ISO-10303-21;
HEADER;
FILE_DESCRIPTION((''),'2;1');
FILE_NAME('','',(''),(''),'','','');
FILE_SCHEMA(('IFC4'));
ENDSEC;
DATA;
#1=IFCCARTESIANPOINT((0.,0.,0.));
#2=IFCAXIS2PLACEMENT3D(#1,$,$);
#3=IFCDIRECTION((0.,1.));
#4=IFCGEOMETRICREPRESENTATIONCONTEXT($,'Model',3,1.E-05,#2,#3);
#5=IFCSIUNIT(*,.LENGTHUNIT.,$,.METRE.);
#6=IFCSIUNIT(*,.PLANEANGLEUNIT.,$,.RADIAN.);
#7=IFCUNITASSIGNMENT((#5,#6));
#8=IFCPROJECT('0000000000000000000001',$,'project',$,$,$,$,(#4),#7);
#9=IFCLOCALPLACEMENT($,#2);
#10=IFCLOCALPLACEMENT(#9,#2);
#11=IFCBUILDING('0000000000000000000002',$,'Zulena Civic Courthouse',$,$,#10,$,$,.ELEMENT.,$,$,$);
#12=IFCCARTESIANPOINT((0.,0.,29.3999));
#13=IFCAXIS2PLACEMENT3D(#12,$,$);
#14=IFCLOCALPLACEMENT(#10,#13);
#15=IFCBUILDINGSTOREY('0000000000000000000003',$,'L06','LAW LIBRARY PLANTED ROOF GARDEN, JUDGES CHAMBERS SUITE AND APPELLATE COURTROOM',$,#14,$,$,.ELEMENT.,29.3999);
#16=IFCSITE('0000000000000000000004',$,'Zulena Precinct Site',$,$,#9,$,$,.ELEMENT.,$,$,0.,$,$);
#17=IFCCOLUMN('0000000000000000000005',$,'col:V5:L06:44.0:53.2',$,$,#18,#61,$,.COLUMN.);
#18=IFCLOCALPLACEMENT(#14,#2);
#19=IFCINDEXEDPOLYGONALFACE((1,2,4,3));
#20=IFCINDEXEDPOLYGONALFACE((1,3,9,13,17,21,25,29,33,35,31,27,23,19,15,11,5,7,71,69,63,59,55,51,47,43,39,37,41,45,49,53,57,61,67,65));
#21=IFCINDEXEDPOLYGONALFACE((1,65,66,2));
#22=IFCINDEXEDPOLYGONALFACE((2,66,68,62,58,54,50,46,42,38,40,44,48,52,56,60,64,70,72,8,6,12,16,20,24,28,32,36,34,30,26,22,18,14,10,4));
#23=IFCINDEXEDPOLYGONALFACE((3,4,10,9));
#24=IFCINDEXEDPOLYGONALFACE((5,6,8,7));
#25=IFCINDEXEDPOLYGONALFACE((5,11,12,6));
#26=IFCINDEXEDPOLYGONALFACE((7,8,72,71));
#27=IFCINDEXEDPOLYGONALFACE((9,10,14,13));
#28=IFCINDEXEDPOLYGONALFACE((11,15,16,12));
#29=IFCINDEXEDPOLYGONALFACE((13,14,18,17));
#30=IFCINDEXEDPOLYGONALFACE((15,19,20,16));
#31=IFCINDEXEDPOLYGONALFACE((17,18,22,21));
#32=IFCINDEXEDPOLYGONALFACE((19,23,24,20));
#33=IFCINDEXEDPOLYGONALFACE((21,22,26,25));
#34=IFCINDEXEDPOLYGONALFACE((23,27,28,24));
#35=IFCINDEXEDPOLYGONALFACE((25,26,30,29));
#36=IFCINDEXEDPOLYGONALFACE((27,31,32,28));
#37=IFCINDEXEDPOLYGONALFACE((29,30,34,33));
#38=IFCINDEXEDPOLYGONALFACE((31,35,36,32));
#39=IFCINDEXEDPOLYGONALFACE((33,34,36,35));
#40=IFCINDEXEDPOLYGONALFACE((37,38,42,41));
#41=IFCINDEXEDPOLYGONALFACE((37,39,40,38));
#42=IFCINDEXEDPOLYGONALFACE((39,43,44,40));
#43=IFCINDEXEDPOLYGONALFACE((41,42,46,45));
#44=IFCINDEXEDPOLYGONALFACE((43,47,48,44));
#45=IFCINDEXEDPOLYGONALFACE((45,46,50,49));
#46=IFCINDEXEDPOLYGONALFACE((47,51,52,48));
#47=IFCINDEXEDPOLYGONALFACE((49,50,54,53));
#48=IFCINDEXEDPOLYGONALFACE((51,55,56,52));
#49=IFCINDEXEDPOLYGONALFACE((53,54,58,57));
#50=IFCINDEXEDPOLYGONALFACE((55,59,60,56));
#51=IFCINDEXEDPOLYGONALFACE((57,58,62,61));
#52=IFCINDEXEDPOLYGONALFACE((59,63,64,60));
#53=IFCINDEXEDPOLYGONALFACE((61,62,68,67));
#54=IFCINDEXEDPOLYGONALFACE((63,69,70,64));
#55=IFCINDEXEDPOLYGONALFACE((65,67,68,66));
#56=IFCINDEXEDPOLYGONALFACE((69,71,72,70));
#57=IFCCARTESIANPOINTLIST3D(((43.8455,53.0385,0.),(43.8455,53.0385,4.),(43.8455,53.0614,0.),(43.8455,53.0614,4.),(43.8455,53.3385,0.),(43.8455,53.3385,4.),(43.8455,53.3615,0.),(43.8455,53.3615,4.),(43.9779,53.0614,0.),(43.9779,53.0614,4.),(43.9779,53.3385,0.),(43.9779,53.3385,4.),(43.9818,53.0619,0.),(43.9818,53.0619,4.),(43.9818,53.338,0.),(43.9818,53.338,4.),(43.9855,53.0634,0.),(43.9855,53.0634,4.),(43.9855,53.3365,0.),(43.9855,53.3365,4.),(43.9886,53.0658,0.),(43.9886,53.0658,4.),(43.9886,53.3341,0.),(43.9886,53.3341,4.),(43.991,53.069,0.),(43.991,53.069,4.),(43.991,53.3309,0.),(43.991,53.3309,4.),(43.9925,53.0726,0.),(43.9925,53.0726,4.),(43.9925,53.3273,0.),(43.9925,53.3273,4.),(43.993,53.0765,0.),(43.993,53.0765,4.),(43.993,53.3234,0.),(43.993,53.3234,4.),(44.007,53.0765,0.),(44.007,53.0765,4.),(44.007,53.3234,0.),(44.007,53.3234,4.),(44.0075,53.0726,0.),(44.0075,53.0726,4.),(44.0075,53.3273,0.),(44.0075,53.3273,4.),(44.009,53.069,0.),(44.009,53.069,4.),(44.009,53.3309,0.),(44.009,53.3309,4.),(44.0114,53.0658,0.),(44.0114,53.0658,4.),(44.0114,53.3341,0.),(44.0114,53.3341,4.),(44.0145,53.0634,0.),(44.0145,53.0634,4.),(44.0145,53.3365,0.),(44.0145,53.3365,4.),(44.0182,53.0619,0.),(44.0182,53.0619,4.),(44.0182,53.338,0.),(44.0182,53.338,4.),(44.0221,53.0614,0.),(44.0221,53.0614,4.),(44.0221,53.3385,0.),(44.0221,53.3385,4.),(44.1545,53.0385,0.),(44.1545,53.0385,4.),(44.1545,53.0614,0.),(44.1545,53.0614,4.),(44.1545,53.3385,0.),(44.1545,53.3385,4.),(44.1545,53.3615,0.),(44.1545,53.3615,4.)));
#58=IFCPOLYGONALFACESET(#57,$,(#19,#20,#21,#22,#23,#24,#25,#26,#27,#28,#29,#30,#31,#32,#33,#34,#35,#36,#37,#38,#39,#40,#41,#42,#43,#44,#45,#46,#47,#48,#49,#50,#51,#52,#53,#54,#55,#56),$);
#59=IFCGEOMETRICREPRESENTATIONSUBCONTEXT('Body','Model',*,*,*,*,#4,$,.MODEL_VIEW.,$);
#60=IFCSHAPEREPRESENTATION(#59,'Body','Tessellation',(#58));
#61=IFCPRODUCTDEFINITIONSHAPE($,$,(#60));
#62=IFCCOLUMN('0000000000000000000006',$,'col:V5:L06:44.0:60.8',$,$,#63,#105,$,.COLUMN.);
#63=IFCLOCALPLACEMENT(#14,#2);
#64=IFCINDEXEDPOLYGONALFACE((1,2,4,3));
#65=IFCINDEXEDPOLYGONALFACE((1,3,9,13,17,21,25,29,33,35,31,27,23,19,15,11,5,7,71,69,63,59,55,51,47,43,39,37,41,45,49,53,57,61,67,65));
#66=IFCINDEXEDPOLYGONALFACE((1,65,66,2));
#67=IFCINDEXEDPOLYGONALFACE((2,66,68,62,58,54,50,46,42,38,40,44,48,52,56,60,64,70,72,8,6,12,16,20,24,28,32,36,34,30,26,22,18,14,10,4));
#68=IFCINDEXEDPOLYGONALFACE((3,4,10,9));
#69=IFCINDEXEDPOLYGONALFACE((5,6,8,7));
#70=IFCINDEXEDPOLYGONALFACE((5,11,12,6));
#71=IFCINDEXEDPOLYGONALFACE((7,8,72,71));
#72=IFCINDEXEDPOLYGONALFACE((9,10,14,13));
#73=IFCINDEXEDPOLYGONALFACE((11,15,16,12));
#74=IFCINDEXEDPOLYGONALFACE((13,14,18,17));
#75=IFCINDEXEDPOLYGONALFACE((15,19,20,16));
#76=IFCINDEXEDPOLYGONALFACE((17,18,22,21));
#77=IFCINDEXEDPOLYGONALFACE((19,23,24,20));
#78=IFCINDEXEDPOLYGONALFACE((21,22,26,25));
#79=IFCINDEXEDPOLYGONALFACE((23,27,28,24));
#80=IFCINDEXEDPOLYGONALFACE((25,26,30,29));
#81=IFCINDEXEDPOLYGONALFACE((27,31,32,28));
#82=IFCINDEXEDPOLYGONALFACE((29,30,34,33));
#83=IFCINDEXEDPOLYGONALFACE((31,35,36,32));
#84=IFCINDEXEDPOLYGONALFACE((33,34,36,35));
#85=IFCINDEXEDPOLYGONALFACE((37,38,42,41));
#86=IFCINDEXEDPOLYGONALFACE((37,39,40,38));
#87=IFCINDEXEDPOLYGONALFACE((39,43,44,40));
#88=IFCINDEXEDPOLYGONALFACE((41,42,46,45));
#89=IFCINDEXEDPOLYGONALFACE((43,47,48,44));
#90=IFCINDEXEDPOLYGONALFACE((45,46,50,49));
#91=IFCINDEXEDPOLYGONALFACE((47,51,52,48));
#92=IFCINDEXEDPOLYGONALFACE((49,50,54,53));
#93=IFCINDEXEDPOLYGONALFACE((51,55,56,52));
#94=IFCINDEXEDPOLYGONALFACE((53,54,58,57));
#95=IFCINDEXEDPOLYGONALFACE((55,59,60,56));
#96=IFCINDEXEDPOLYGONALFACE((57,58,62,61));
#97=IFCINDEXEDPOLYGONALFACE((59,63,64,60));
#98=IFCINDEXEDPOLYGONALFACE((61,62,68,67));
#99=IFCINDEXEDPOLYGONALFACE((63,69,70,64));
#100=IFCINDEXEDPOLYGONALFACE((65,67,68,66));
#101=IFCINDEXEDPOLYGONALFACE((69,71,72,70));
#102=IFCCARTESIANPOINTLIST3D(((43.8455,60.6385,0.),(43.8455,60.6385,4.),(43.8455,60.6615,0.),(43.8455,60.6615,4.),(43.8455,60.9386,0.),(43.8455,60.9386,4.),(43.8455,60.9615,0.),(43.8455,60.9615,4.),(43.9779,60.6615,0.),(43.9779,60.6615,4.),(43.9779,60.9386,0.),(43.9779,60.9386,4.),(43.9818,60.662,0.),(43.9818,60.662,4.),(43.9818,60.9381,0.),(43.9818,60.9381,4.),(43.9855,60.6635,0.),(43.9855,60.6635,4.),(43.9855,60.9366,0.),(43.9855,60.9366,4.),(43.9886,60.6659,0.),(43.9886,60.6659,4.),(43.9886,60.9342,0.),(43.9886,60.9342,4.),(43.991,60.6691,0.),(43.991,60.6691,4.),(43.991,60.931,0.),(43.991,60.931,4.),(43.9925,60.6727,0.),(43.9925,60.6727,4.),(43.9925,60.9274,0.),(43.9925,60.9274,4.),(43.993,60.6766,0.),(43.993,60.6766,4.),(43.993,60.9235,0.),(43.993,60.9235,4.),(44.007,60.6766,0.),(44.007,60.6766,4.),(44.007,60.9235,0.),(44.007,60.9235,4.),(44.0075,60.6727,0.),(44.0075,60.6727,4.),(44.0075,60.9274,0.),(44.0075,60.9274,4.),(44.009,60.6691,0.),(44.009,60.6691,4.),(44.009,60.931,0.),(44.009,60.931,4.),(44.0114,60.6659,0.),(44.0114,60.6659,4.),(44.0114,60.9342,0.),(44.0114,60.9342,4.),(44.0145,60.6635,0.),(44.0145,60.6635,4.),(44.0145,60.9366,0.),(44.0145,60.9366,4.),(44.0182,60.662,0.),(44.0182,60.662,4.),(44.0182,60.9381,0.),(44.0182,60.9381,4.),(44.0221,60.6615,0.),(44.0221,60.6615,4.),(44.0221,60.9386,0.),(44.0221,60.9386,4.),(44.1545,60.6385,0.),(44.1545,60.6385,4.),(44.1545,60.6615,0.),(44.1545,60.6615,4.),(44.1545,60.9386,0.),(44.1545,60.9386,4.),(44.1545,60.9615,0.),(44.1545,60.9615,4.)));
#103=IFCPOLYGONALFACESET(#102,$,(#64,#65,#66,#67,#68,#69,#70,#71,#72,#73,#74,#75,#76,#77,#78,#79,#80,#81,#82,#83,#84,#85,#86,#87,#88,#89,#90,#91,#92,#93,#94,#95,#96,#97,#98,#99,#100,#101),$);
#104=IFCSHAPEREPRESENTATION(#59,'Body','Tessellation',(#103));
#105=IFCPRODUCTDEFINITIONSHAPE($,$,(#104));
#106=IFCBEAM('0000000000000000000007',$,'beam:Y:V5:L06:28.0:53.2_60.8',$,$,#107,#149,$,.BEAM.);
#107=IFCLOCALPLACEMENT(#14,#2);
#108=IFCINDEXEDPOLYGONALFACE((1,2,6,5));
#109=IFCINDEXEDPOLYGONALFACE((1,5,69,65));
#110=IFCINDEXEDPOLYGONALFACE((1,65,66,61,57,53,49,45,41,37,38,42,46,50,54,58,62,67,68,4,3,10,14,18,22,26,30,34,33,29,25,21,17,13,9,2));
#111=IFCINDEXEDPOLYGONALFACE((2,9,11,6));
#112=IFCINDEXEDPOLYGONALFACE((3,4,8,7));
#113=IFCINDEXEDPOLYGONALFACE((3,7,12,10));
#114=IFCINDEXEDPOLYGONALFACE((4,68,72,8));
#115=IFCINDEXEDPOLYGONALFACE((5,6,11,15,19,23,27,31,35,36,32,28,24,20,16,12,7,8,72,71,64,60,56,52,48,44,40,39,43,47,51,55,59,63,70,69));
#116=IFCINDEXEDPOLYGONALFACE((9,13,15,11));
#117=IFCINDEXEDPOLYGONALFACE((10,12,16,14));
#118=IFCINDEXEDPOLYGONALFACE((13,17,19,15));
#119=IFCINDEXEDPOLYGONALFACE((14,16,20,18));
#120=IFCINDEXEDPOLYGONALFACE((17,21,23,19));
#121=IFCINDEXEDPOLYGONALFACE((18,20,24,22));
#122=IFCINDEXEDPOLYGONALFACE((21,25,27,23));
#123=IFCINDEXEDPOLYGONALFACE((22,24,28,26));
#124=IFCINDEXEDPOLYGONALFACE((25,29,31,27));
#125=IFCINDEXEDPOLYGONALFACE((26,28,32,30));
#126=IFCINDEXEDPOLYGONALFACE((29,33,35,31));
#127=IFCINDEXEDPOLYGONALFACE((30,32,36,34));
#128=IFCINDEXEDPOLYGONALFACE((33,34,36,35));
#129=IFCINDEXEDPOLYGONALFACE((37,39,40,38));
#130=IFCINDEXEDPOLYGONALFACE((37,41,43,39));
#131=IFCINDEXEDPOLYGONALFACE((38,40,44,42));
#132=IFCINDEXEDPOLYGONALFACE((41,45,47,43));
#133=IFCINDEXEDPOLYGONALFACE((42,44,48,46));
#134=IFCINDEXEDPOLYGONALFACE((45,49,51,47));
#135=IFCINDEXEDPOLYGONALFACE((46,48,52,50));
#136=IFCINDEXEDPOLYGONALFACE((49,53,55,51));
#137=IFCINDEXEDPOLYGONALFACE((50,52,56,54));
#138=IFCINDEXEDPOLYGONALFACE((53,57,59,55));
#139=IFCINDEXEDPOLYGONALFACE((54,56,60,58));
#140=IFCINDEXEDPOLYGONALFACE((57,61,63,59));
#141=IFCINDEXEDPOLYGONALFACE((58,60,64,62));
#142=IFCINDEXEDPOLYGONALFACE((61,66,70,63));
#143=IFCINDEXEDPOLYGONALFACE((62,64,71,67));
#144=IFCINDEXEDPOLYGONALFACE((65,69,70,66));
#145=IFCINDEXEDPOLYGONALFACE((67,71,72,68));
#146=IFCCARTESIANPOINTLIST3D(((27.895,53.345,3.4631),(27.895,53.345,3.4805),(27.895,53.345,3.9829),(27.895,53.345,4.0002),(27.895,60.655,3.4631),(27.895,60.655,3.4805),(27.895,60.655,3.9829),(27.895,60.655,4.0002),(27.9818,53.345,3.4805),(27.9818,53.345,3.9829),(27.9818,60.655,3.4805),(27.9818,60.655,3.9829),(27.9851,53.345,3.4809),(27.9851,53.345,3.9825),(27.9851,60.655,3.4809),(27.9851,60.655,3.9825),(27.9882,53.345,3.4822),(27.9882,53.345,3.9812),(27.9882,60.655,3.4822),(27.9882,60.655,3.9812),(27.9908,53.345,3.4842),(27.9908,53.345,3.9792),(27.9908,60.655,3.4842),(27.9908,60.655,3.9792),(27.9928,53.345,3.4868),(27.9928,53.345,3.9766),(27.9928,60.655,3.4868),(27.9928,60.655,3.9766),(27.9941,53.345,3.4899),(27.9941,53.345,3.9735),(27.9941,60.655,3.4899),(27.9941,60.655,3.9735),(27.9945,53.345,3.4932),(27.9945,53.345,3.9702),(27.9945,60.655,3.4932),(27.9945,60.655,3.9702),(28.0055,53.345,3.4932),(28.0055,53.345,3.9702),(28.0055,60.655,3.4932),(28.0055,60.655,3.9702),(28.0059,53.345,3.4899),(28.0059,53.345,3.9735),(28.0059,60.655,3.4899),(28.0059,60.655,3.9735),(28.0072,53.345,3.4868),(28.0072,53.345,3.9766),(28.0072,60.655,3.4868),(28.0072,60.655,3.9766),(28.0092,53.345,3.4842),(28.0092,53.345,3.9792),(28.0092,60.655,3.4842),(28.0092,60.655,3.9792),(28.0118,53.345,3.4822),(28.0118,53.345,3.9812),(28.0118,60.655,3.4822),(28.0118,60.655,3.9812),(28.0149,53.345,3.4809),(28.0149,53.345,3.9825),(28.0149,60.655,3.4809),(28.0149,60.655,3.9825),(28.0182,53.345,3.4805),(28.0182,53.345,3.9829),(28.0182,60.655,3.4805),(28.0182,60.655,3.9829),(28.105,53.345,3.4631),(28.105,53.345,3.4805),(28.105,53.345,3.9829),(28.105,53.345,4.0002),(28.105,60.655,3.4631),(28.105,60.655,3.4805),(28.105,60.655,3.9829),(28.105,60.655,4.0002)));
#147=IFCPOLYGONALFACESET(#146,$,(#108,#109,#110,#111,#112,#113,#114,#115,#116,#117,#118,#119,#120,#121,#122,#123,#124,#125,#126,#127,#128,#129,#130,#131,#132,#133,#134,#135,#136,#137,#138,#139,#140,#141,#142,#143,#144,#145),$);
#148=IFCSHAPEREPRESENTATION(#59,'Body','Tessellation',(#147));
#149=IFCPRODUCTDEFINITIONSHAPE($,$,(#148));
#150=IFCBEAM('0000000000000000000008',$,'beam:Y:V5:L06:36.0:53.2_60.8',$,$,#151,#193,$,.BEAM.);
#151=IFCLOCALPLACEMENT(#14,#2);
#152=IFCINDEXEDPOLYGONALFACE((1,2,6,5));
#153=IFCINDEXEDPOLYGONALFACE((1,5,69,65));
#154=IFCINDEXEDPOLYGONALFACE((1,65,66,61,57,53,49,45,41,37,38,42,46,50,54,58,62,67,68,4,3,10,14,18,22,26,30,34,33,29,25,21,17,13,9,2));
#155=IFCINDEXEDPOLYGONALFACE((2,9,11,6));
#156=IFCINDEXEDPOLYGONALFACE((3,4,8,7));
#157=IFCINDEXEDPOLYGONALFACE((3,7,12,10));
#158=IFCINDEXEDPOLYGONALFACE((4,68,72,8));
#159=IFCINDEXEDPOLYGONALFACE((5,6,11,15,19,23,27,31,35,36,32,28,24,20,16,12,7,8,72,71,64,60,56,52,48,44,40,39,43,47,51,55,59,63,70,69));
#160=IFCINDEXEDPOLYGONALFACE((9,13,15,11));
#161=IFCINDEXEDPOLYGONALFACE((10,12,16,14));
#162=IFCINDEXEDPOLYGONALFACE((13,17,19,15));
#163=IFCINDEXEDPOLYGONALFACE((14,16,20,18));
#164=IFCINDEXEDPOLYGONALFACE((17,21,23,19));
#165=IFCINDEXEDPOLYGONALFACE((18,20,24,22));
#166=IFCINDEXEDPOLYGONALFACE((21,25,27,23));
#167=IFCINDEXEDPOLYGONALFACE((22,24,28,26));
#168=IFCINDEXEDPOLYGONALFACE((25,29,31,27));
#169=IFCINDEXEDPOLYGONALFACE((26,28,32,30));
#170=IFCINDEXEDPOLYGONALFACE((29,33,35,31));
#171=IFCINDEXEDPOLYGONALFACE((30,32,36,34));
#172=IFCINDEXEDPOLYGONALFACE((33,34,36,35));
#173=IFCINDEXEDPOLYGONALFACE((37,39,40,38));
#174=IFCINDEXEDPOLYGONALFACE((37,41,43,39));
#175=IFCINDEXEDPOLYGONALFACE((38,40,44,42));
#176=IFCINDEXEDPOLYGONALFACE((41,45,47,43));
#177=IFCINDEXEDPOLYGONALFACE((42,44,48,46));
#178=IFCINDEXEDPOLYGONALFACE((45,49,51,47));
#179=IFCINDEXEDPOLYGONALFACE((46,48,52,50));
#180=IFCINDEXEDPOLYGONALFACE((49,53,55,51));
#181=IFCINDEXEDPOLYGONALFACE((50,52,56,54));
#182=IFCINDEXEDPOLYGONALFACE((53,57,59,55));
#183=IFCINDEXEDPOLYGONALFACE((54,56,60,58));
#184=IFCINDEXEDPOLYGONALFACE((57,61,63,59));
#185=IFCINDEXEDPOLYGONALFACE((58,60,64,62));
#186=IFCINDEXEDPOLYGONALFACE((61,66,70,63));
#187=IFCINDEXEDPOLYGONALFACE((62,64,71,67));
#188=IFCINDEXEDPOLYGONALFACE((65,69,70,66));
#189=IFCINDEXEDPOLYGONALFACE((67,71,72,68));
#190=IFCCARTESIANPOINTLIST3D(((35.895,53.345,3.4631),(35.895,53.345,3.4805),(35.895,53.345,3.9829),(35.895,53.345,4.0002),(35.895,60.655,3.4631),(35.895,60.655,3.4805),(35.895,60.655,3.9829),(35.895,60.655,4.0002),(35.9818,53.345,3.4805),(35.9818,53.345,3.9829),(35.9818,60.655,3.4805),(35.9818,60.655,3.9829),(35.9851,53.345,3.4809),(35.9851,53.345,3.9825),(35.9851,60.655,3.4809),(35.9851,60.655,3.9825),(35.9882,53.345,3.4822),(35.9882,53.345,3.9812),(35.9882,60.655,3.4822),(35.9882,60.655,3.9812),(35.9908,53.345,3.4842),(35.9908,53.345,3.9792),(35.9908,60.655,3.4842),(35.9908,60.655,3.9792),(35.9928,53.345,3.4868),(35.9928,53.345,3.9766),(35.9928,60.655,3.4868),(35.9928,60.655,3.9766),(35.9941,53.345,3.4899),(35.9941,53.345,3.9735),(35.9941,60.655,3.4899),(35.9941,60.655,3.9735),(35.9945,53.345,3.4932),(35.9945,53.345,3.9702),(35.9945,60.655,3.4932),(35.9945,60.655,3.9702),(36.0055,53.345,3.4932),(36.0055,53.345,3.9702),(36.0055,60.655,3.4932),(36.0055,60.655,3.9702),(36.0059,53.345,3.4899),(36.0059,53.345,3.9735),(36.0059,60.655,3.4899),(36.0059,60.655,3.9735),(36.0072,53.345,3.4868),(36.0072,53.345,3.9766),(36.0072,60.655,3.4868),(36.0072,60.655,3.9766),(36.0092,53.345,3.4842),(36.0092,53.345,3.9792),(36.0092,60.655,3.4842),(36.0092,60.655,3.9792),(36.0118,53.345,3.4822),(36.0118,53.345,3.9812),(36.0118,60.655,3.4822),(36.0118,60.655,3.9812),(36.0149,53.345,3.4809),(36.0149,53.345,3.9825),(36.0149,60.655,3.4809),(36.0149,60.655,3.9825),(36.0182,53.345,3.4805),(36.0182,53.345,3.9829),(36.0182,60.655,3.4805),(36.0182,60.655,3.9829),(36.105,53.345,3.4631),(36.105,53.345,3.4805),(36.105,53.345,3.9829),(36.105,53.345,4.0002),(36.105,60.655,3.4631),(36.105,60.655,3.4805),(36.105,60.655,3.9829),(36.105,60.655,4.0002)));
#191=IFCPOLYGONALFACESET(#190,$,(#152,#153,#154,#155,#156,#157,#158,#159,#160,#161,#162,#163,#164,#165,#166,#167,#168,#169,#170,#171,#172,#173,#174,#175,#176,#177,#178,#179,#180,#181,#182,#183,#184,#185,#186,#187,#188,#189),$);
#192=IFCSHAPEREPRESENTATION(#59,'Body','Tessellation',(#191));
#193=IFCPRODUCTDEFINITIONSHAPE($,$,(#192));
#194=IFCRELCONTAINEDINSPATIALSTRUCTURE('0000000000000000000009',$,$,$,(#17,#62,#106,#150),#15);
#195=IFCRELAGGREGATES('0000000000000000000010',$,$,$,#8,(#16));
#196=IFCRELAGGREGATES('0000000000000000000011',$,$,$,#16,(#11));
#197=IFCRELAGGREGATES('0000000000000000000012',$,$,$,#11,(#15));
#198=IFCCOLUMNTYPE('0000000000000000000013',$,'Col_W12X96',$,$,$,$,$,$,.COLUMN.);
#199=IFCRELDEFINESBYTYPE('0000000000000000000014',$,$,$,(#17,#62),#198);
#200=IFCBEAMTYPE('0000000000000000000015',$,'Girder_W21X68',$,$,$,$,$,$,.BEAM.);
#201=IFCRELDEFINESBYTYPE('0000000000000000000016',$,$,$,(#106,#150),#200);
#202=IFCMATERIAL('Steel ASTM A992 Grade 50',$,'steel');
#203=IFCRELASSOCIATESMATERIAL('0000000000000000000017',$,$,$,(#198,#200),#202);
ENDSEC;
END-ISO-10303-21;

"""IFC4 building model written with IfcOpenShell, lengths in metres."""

from ifc_helpers import new_model, si_unit, direction, frame, origin, origin_2d, place, context, subcontext, project, spatial, i_section, extrude, material, material_profile, profile_set, type_object, element, save


model = new_model("IFC4")

# Units and contexts
model_context = context("Model", 3, precision=1e-05, world=origin(), true_north=direction((0.0, 1.0)))
body_context = subcontext(model_context, "Body", "Model", "MODEL_VIEW")
ifc_project = project(units=[si_unit("LENGTHUNIT", "METRE"), si_unit("PLANEANGLEUNIT", "RADIAN")], contexts=[model_context])

# Site, building, storey
site_placement = place(None, origin())
site = spatial("IfcSite", under=ifc_project, at=site_placement, Name="Zulena Precinct Site", CompositionType="ELEMENT", RefElevation=0.0)
building_placement = place(site_placement, origin())
building = spatial("IfcBuilding", under=site, at=building_placement, Name="Zulena Civic Courthouse", CompositionType="ELEMENT")
storey_placement = place(building_placement, frame((0.0, 0.0, 29.3999)))
storey = spatial("IfcBuildingStorey", under=building, at=storey_placement, Name="L06", Description="LAW LIBRARY PLANTED ROOF GARDEN, JUDGES CHAMBERS SUITE AND APPELLATE COURTROOM", CompositionType="ELEMENT", Elevation=29.3999)

# Columns
ifc_material_1 = material(Name="Steel ASTM A992 Grade 50", Category="steel")
ifc_material_profile_1 = material_profile(ifc_material_1, i_section(OverallWidth=0.3091, OverallDepth=0.323, WebThickness=0.0139, FlangeThickness=0.0229, FilletRadius=0.0151, at=origin_2d()), Name="W12X96")
ifc_profile_set_1 = profile_set([ifc_material_profile_1], Name="Steel ASTM A992 Grade 50")
column_type = type_object("IfcColumnType", Name="Col_W12X96", PredefinedType="COLUMN", material=ifc_profile_set_1)
for number, where, z_axis, x_axis, name in (
    (1, (44.0, 53.2, 0.0), (0.0, 0.0, 1.0), (1.0, 0.0, 0.0), "col:V5:L06:44.0:53.2"),
    (2, (44.0, 60.8, 0.0), (0.0, 0.0, 1.0), (1.0, 0.0, 0.0), "col:V5:L06:44.0:60.8"),
):
    element("IfcColumn", number, at=place(storey_placement, frame(where, z_axis=z_axis, x_axis=x_axis)), inside=storey, type_object=column_type, Name=name, PredefinedType="COLUMN", context=body_context, shape_type="SweptSolid", body=[
        extrude(i_section(OverallWidth=0.3091, OverallDepth=0.323, WebThickness=0.0139, FlangeThickness=0.0229, FilletRadius=0.0151, at=origin_2d()), origin(), (0.0, 0.0, 1.0), 4.0),
    ])

# Beams
ifc_material_profile_2 = material_profile(ifc_material_1, i_section(OverallWidth=0.21, OverallDepth=0.5371, WebThickness=0.011, FlangeThickness=0.0173, FilletRadius=0.0127, at=origin_2d()), Name="W21X68")
ifc_profile_set_2 = profile_set([ifc_material_profile_2], Name="Steel ASTM A992 Grade 50")
beam_type_1 = type_object("IfcBeamType", Name="Girder_W21X68", PredefinedType="BEAM", material=ifc_profile_set_2)
for number, where, z_axis, x_axis, name in (
    (3, (28.0, 53.345, 3.7317), (0.0, 1.0, 0.0), (-1.0, 0.0, 0.0), "beam:Y:V5:L06:28.0:53.2_60.8"),
    (4, (36.0, 53.345, 3.7317), (0.0, 1.0, 0.0), (-1.0, 0.0, 0.0), "beam:Y:V5:L06:36.0:53.2_60.8"),
):
    element("IfcBeam", number, at=place(storey_placement, frame(where, z_axis=z_axis, x_axis=x_axis)), inside=storey, type_object=beam_type_1, Name=name, PredefinedType="BEAM", context=body_context, shape_type="SweptSolid", body=[
        extrude(i_section(OverallWidth=0.21, OverallDepth=0.5371, WebThickness=0.011, FlangeThickness=0.0173, FilletRadius=0.0127, at=origin_2d()), origin(), (0.0, 0.0, 1.0), 7.3101),
    ])

save(model, "model.ifc")
